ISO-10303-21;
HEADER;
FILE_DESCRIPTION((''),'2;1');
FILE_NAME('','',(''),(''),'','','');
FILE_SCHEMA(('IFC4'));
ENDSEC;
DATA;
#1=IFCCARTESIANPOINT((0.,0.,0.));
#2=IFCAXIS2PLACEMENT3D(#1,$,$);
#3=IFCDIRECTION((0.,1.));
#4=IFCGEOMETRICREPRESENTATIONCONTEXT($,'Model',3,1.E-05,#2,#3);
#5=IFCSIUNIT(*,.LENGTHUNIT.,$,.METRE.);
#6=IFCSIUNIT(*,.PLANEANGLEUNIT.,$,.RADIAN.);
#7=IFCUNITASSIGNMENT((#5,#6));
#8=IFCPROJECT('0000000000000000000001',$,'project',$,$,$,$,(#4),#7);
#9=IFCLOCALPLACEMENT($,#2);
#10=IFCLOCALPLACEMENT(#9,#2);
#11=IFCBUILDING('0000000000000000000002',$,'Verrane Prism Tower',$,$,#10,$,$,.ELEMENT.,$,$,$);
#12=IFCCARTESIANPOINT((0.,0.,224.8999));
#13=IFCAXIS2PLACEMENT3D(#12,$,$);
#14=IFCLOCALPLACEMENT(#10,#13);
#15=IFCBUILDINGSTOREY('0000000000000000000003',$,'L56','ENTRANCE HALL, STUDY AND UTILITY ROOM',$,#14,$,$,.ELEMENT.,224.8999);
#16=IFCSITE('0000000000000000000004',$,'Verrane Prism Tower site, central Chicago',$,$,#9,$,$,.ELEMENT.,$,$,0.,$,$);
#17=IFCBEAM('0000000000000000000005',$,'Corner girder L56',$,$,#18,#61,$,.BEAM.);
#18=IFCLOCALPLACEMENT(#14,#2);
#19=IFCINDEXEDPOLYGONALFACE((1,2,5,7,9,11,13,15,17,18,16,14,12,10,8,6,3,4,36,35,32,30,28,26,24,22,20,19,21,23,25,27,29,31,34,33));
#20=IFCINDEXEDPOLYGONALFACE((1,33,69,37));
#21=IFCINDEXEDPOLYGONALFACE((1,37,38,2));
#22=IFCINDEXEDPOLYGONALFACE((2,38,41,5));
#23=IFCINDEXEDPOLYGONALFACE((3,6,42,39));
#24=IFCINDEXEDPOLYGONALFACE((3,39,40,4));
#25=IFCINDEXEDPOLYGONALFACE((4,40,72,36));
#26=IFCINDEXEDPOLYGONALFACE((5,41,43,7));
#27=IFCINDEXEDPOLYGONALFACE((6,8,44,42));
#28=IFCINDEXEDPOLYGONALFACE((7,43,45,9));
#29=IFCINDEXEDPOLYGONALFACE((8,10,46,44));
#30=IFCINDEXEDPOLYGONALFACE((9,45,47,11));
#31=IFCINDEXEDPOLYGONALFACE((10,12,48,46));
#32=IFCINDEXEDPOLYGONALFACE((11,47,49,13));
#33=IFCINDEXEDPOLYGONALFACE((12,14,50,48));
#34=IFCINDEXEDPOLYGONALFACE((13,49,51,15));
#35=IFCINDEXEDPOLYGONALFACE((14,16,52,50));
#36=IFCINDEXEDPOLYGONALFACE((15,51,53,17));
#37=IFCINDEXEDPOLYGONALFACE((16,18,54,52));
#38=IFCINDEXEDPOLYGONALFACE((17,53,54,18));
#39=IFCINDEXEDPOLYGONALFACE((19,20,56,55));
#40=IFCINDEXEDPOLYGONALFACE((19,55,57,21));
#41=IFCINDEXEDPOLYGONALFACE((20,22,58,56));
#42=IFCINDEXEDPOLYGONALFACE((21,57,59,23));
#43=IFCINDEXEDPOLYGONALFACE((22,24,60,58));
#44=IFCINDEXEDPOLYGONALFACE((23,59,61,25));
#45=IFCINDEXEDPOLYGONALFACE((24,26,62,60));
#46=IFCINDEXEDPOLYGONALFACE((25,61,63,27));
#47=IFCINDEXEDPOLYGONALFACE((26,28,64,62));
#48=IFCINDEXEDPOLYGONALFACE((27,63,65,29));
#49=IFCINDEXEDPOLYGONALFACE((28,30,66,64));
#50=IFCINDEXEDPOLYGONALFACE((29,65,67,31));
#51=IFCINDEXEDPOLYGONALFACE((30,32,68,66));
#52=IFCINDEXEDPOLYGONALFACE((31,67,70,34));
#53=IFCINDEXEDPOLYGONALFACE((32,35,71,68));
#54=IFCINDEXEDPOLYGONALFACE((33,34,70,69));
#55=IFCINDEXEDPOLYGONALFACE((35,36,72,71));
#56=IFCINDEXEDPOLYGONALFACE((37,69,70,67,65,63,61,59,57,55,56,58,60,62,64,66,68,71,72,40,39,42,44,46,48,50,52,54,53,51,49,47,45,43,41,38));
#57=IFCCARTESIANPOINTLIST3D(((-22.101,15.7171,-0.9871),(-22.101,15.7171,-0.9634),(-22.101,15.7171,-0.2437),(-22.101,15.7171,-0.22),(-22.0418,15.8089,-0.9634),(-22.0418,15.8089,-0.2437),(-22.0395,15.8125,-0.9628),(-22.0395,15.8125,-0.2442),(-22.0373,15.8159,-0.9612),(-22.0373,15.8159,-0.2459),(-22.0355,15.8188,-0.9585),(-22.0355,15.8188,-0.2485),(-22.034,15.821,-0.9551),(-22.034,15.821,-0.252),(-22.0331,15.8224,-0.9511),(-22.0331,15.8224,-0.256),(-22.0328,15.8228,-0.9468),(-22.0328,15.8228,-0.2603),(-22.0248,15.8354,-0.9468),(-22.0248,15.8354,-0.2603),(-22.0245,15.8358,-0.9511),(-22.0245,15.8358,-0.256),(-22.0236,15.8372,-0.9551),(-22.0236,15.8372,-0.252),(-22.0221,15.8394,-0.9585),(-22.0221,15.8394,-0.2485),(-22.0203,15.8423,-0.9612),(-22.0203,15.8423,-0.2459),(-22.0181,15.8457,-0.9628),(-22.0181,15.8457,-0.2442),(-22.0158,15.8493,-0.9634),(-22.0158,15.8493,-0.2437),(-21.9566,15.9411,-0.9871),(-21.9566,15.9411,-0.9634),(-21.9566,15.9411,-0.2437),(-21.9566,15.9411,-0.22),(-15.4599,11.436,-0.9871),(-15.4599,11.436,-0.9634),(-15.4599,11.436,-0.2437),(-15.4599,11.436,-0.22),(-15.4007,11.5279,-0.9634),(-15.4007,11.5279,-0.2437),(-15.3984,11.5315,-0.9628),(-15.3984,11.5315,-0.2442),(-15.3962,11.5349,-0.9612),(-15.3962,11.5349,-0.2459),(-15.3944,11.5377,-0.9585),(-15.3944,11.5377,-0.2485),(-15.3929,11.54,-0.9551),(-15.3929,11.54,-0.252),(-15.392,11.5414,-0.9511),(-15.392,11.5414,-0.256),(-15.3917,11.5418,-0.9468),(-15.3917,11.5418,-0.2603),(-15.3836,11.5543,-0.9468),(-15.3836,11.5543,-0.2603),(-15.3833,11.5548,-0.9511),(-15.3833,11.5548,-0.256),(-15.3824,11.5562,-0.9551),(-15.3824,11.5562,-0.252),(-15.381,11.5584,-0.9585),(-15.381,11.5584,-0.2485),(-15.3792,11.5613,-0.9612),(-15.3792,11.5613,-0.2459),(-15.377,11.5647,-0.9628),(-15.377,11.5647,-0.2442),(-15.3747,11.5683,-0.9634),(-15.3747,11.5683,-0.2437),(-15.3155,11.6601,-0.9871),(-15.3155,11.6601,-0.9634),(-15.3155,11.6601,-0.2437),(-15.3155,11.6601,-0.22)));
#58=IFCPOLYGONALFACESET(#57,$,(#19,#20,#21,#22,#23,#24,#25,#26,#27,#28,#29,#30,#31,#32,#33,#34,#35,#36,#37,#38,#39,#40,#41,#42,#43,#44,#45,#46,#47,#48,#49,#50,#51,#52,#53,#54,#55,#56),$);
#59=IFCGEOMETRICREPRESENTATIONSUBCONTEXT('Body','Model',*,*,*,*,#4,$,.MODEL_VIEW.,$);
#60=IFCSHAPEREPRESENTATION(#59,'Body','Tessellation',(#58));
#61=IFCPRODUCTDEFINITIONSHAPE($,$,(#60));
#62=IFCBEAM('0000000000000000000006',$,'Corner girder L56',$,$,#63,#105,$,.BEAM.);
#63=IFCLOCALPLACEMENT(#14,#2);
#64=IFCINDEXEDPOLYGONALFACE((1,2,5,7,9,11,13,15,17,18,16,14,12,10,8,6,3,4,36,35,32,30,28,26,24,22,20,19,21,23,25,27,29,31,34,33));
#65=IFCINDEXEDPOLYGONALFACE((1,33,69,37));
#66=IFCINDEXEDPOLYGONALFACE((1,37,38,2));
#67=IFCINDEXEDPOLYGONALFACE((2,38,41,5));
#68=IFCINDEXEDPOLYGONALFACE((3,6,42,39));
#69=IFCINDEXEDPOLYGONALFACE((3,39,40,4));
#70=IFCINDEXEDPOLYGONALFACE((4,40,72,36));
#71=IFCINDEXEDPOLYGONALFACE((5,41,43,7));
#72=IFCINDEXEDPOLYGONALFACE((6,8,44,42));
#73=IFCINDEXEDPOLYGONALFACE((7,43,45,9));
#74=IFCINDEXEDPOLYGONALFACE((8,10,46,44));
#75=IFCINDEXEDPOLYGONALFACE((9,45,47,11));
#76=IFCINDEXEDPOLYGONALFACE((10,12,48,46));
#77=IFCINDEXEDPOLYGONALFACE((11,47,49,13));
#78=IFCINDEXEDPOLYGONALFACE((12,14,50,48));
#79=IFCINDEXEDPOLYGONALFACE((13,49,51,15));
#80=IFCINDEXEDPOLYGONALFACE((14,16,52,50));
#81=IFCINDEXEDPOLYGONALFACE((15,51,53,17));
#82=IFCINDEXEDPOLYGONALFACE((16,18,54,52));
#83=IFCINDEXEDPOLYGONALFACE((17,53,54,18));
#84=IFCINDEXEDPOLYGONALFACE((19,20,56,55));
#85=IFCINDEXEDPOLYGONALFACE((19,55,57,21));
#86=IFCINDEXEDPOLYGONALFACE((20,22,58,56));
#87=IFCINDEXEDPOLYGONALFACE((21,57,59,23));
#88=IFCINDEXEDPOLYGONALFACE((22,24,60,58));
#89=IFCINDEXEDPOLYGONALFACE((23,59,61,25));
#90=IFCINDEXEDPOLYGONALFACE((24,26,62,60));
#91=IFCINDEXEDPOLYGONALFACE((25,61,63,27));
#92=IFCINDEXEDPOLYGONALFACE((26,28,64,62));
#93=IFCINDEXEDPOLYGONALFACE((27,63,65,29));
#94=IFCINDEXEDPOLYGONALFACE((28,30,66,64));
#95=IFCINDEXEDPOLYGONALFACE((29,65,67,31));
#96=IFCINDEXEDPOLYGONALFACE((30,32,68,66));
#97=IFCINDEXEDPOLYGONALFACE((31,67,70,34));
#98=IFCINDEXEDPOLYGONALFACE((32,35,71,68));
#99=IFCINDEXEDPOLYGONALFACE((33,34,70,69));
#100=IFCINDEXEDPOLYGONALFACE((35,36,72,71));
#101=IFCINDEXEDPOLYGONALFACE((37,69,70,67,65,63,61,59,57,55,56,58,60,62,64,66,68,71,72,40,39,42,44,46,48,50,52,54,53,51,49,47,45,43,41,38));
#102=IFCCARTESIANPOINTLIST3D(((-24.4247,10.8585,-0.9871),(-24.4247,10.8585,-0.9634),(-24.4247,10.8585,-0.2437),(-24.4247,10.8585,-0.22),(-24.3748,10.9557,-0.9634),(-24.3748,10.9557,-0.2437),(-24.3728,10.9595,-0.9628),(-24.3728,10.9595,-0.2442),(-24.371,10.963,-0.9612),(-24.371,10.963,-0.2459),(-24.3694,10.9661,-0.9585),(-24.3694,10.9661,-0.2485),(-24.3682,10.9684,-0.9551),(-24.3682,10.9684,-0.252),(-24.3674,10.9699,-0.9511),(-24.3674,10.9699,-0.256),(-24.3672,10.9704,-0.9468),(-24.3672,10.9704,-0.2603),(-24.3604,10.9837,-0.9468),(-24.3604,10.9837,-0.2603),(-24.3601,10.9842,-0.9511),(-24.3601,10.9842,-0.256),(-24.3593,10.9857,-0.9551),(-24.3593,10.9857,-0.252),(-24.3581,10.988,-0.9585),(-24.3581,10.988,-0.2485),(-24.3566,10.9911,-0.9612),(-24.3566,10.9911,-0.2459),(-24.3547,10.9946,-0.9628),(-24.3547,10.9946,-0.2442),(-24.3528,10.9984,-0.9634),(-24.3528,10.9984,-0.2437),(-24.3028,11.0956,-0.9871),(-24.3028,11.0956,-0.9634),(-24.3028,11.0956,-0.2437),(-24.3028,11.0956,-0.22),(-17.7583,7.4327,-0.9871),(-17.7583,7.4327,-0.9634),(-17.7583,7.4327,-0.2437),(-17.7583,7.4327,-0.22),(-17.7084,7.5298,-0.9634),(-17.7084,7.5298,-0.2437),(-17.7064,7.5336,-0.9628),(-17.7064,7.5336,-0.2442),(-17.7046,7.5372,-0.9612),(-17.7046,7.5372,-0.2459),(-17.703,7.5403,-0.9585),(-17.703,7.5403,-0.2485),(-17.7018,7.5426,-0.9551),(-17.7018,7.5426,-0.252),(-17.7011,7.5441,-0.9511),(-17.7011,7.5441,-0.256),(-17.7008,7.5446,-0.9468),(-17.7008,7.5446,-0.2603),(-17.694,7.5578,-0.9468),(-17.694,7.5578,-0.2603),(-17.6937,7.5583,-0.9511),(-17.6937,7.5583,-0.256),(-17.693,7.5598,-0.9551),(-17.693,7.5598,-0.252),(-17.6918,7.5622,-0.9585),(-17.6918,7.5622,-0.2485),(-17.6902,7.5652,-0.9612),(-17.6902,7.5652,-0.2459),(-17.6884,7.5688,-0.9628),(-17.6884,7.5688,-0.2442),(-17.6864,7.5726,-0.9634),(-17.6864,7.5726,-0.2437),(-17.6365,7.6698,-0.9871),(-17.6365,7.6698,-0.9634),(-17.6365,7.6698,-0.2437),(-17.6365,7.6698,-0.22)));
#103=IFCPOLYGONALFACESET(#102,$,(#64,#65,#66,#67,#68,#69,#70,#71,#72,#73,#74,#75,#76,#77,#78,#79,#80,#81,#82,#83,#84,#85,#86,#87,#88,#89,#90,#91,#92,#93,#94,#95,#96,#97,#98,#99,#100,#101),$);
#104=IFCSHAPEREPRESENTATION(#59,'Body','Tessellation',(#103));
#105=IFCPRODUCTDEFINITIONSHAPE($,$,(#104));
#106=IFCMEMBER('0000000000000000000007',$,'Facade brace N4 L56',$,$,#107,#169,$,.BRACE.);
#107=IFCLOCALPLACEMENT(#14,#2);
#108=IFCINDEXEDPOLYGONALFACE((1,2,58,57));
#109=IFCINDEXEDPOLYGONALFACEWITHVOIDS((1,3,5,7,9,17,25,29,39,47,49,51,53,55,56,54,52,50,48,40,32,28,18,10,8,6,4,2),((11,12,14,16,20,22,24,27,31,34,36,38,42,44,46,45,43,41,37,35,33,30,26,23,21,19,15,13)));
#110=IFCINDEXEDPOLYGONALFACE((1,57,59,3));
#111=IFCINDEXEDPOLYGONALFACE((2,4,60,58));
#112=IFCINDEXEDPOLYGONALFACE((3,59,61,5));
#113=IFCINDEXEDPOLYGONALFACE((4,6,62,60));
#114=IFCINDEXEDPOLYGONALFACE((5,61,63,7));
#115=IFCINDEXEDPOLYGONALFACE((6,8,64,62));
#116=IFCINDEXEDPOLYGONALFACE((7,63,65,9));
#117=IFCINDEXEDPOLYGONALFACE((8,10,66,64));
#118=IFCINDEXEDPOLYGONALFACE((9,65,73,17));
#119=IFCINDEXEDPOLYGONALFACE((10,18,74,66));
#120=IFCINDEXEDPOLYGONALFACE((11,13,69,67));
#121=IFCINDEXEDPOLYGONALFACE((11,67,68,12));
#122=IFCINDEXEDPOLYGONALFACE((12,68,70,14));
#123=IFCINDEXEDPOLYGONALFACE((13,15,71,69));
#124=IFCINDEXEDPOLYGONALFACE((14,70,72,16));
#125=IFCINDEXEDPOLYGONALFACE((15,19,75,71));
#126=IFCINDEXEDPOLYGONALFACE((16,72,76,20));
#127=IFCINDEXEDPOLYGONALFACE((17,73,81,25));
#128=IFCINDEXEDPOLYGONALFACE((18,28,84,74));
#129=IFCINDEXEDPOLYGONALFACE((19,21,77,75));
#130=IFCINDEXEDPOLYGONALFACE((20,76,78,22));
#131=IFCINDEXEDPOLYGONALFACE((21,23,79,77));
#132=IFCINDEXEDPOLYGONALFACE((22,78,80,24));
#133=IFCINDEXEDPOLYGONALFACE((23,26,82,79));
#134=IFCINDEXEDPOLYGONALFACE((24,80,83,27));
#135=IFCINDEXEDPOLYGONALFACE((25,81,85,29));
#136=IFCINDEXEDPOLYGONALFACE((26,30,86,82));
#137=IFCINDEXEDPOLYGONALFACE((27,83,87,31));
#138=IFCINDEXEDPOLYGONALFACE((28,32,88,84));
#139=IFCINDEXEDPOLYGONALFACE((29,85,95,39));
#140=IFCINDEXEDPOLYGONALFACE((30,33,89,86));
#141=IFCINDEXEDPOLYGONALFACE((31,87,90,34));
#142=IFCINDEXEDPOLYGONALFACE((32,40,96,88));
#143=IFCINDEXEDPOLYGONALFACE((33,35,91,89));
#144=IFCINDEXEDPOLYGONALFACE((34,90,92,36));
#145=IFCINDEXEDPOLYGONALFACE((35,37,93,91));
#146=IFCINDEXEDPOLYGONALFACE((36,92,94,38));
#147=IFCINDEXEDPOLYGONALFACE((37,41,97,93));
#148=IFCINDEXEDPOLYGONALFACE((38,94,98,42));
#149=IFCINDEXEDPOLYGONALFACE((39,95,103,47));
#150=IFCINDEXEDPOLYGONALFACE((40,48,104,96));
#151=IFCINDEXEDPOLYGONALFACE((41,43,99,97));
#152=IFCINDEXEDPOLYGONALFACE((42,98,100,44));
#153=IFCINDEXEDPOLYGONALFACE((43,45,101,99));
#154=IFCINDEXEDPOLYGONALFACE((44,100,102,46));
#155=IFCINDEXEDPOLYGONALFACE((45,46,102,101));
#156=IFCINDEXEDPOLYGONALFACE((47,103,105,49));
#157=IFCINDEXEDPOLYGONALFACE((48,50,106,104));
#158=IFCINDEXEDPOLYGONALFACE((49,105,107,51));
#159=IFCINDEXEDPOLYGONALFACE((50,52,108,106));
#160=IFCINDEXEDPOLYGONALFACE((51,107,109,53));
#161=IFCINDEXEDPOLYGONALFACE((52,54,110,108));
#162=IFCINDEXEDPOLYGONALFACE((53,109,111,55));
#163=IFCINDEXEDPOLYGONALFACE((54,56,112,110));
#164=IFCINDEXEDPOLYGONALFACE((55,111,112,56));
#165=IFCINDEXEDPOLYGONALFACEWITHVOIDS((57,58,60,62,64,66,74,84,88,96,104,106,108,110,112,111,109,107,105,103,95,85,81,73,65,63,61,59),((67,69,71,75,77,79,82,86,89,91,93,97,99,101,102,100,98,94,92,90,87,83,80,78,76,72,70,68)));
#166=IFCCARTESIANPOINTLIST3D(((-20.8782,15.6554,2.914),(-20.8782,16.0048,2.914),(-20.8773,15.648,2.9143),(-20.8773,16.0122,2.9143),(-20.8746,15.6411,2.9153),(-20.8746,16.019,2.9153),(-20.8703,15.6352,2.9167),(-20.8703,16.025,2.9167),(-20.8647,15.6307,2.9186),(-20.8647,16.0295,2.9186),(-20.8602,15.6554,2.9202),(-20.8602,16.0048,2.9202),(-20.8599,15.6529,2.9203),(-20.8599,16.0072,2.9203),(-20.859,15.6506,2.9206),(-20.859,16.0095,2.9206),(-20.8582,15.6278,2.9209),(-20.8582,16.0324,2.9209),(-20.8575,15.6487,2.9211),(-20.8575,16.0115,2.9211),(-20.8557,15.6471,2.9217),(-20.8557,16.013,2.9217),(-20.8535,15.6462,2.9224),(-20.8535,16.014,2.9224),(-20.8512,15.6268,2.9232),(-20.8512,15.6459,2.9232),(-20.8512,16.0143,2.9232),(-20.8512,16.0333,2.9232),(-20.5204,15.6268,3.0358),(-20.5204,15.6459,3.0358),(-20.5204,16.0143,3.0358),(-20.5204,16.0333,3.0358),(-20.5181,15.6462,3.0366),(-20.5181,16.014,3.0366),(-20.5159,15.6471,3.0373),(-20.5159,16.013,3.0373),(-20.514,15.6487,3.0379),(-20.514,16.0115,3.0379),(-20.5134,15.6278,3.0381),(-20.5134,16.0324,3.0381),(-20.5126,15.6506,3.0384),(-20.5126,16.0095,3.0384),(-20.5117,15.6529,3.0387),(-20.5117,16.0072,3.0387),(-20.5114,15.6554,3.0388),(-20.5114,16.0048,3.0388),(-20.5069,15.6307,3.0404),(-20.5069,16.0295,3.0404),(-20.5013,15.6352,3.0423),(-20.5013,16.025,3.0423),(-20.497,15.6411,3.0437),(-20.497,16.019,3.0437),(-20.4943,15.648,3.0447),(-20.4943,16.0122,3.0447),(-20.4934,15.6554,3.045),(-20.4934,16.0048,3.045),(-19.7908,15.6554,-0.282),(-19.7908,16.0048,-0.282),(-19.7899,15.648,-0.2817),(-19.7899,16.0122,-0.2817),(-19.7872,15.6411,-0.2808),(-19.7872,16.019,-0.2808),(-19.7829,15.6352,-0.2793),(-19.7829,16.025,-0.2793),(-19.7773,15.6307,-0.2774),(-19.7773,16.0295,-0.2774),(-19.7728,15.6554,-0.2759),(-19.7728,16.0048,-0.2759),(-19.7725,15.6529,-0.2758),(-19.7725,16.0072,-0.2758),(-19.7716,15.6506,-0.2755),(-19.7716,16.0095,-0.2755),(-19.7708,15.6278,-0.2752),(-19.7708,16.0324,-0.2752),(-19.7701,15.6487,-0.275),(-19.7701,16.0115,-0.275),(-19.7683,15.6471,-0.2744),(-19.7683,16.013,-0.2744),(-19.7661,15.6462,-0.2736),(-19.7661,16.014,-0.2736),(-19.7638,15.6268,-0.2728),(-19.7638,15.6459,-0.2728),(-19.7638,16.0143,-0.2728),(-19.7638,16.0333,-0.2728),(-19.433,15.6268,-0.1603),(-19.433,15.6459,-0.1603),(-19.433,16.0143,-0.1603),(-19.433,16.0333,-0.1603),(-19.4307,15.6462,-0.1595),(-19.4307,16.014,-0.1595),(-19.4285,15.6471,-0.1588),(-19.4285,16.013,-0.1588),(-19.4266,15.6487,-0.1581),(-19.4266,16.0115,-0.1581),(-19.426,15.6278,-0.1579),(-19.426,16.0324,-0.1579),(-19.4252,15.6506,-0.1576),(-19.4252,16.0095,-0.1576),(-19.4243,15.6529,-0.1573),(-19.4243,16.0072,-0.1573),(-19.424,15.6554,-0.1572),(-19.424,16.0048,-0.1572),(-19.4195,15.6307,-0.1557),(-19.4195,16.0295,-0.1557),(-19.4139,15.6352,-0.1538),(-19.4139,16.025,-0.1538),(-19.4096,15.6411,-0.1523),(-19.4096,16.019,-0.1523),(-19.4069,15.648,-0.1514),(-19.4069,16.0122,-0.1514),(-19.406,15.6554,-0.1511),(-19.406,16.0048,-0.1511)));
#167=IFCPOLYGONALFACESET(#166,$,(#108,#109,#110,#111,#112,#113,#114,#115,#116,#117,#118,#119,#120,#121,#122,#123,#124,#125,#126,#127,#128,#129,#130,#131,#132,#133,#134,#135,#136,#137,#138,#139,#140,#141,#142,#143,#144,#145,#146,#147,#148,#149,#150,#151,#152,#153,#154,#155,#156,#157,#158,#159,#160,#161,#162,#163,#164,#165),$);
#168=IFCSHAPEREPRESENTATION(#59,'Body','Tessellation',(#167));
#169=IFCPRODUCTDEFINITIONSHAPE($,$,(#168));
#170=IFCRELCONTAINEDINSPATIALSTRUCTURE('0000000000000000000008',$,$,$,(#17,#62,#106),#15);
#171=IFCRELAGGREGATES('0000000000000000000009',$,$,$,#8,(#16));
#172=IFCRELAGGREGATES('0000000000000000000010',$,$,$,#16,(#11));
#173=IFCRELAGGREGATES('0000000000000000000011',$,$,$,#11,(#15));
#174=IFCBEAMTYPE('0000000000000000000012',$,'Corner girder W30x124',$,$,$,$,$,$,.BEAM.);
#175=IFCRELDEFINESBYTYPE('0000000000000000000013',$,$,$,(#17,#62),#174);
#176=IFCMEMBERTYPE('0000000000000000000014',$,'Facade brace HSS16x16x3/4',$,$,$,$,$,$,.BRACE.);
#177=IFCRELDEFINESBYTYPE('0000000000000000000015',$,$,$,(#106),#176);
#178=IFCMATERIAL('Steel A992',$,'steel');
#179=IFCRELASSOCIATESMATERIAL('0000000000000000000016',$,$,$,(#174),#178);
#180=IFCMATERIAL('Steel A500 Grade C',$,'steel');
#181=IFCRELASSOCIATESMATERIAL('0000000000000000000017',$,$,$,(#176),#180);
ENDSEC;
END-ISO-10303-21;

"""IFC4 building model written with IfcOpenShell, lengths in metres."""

from ifc_helpers import new_model, si_unit, direction, frame, origin, origin_2d, place, context, subcontext, project, spatial, hollow_rectangle, i_section, extrude, material, material_profile, profile_set, type_object, element, save


model = new_model("IFC4")

# Units and contexts
model_context = context("Model", 3, precision=1e-05, world=origin(), true_north=direction((0.0, 1.0)))
body_context = subcontext(model_context, "Body", "Model", "MODEL_VIEW")
ifc_project = project(units=[si_unit("LENGTHUNIT", "METRE"), si_unit("PLANEANGLEUNIT", "RADIAN")], contexts=[model_context])

# Site, building, storey
site_placement = place(None, origin())
site = spatial("IfcSite", under=ifc_project, at=site_placement, Name="Verrane Prism Tower site, central Chicago", CompositionType="ELEMENT", RefElevation=0.0)
building_placement = place(site_placement, origin())
building = spatial("IfcBuilding", under=site, at=building_placement, Name="Verrane Prism Tower", CompositionType="ELEMENT")
storey_placement = place(building_placement, frame((0.0, 0.0, 224.8999)))
storey = spatial("IfcBuildingStorey", under=building, at=storey_placement, Name="L56", Description="ENTRANCE HALL, STUDY AND UTILITY ROOM", CompositionType="ELEMENT", Elevation=224.8999)

# Beams
ifc_material_1 = material(Name="Steel A992", Category="steel")
ifc_material_profile_1 = material_profile(ifc_material_1, i_section(OverallWidth=0.2666, OverallDepth=0.7671, WebThickness=0.0149, FlangeThickness=0.0237, FilletRadius=0.0166, at=origin_2d()), Name="W30x124")
ifc_profile_set_1 = profile_set([ifc_material_profile_1], Name="Steel A992")
beam_type_1 = type_object("IfcBeamType", Name="Corner girder W30x124", PredefinedType="BEAM", material=ifc_profile_set_1)
beam_1_placement = place(storey_placement, frame((-22.0288, 15.8291, -0.6035), z_axis=(0.840503, -0.541807, 0.0), x_axis=(0.541807, 0.840503, 0.0)))
element("IfcBeam", 1, at=beam_1_placement, inside=storey, type_object=beam_type_1, Name="Corner girder L56", PredefinedType="BEAM", context=body_context, shape_type="SweptSolid", body=[
    extrude(i_section(OverallWidth=0.2666, OverallDepth=0.7671, WebThickness=0.0149, FlangeThickness=0.0237, FilletRadius=0.0166, at=origin_2d()), origin(), (0.0, 0.0, 1.0), 7.9014),
])
beam_2_placement = place(storey_placement, frame((-24.3638, 10.9771, -0.6035), z_axis=(0.889428, -0.457076, 0.0), x_axis=(0.457076, 0.889428, 0.0)))
element("IfcBeam", 2, at=beam_2_placement, inside=storey, type_object=beam_type_1, Name="Corner girder L56", PredefinedType="BEAM", context=body_context, shape_type="SweptSolid", body=[
    extrude(i_section(OverallWidth=0.2666, OverallDepth=0.7671, WebThickness=0.0149, FlangeThickness=0.0237, FilletRadius=0.0166, at=origin_2d()), origin(), (0.0, 0.0, 1.0), 7.4951),
])

# Member
ifc_material_2 = material(Name="Steel A500 Grade C", Category="steel")
ifc_material_profile_2 = material_profile(ifc_material_2, hollow_rectangle(XDim=0.4065, YDim=0.4065, WallThickness=0.019, InnerFilletRadius=0.0095, OuterFilletRadius=0.0286, at=origin_2d()), Name="HSS16x16x3/4")
ifc_profile_set_2 = profile_set([ifc_material_profile_2], Name="Steel A500 Grade C")
member_type_1 = type_object("IfcMemberType", Name="Facade brace HSS16x16x3/4", PredefinedType="BRACE", material=ifc_profile_set_2)
member_1_placement = place(storey_placement, frame((-19.5984, 15.8301, -0.2166), z_axis=(-0.322101, 0.0, 0.946705), x_axis=(0.0, -1.0, 0.0)))
element("IfcMember", 3, at=member_1_placement, inside=storey, type_object=member_type_1, Name="Facade brace N4 L56", PredefinedType="BRACE", context=body_context, shape_type="SweptSolid", body=[
    extrude(hollow_rectangle(XDim=0.4065, YDim=0.4065, WallThickness=0.019, InnerFilletRadius=0.0095, OuterFilletRadius=0.0286, at=origin_2d()), origin(), (0.0, 0.0, 1.0), 3.376),
])

save(model, "model.ifc")
